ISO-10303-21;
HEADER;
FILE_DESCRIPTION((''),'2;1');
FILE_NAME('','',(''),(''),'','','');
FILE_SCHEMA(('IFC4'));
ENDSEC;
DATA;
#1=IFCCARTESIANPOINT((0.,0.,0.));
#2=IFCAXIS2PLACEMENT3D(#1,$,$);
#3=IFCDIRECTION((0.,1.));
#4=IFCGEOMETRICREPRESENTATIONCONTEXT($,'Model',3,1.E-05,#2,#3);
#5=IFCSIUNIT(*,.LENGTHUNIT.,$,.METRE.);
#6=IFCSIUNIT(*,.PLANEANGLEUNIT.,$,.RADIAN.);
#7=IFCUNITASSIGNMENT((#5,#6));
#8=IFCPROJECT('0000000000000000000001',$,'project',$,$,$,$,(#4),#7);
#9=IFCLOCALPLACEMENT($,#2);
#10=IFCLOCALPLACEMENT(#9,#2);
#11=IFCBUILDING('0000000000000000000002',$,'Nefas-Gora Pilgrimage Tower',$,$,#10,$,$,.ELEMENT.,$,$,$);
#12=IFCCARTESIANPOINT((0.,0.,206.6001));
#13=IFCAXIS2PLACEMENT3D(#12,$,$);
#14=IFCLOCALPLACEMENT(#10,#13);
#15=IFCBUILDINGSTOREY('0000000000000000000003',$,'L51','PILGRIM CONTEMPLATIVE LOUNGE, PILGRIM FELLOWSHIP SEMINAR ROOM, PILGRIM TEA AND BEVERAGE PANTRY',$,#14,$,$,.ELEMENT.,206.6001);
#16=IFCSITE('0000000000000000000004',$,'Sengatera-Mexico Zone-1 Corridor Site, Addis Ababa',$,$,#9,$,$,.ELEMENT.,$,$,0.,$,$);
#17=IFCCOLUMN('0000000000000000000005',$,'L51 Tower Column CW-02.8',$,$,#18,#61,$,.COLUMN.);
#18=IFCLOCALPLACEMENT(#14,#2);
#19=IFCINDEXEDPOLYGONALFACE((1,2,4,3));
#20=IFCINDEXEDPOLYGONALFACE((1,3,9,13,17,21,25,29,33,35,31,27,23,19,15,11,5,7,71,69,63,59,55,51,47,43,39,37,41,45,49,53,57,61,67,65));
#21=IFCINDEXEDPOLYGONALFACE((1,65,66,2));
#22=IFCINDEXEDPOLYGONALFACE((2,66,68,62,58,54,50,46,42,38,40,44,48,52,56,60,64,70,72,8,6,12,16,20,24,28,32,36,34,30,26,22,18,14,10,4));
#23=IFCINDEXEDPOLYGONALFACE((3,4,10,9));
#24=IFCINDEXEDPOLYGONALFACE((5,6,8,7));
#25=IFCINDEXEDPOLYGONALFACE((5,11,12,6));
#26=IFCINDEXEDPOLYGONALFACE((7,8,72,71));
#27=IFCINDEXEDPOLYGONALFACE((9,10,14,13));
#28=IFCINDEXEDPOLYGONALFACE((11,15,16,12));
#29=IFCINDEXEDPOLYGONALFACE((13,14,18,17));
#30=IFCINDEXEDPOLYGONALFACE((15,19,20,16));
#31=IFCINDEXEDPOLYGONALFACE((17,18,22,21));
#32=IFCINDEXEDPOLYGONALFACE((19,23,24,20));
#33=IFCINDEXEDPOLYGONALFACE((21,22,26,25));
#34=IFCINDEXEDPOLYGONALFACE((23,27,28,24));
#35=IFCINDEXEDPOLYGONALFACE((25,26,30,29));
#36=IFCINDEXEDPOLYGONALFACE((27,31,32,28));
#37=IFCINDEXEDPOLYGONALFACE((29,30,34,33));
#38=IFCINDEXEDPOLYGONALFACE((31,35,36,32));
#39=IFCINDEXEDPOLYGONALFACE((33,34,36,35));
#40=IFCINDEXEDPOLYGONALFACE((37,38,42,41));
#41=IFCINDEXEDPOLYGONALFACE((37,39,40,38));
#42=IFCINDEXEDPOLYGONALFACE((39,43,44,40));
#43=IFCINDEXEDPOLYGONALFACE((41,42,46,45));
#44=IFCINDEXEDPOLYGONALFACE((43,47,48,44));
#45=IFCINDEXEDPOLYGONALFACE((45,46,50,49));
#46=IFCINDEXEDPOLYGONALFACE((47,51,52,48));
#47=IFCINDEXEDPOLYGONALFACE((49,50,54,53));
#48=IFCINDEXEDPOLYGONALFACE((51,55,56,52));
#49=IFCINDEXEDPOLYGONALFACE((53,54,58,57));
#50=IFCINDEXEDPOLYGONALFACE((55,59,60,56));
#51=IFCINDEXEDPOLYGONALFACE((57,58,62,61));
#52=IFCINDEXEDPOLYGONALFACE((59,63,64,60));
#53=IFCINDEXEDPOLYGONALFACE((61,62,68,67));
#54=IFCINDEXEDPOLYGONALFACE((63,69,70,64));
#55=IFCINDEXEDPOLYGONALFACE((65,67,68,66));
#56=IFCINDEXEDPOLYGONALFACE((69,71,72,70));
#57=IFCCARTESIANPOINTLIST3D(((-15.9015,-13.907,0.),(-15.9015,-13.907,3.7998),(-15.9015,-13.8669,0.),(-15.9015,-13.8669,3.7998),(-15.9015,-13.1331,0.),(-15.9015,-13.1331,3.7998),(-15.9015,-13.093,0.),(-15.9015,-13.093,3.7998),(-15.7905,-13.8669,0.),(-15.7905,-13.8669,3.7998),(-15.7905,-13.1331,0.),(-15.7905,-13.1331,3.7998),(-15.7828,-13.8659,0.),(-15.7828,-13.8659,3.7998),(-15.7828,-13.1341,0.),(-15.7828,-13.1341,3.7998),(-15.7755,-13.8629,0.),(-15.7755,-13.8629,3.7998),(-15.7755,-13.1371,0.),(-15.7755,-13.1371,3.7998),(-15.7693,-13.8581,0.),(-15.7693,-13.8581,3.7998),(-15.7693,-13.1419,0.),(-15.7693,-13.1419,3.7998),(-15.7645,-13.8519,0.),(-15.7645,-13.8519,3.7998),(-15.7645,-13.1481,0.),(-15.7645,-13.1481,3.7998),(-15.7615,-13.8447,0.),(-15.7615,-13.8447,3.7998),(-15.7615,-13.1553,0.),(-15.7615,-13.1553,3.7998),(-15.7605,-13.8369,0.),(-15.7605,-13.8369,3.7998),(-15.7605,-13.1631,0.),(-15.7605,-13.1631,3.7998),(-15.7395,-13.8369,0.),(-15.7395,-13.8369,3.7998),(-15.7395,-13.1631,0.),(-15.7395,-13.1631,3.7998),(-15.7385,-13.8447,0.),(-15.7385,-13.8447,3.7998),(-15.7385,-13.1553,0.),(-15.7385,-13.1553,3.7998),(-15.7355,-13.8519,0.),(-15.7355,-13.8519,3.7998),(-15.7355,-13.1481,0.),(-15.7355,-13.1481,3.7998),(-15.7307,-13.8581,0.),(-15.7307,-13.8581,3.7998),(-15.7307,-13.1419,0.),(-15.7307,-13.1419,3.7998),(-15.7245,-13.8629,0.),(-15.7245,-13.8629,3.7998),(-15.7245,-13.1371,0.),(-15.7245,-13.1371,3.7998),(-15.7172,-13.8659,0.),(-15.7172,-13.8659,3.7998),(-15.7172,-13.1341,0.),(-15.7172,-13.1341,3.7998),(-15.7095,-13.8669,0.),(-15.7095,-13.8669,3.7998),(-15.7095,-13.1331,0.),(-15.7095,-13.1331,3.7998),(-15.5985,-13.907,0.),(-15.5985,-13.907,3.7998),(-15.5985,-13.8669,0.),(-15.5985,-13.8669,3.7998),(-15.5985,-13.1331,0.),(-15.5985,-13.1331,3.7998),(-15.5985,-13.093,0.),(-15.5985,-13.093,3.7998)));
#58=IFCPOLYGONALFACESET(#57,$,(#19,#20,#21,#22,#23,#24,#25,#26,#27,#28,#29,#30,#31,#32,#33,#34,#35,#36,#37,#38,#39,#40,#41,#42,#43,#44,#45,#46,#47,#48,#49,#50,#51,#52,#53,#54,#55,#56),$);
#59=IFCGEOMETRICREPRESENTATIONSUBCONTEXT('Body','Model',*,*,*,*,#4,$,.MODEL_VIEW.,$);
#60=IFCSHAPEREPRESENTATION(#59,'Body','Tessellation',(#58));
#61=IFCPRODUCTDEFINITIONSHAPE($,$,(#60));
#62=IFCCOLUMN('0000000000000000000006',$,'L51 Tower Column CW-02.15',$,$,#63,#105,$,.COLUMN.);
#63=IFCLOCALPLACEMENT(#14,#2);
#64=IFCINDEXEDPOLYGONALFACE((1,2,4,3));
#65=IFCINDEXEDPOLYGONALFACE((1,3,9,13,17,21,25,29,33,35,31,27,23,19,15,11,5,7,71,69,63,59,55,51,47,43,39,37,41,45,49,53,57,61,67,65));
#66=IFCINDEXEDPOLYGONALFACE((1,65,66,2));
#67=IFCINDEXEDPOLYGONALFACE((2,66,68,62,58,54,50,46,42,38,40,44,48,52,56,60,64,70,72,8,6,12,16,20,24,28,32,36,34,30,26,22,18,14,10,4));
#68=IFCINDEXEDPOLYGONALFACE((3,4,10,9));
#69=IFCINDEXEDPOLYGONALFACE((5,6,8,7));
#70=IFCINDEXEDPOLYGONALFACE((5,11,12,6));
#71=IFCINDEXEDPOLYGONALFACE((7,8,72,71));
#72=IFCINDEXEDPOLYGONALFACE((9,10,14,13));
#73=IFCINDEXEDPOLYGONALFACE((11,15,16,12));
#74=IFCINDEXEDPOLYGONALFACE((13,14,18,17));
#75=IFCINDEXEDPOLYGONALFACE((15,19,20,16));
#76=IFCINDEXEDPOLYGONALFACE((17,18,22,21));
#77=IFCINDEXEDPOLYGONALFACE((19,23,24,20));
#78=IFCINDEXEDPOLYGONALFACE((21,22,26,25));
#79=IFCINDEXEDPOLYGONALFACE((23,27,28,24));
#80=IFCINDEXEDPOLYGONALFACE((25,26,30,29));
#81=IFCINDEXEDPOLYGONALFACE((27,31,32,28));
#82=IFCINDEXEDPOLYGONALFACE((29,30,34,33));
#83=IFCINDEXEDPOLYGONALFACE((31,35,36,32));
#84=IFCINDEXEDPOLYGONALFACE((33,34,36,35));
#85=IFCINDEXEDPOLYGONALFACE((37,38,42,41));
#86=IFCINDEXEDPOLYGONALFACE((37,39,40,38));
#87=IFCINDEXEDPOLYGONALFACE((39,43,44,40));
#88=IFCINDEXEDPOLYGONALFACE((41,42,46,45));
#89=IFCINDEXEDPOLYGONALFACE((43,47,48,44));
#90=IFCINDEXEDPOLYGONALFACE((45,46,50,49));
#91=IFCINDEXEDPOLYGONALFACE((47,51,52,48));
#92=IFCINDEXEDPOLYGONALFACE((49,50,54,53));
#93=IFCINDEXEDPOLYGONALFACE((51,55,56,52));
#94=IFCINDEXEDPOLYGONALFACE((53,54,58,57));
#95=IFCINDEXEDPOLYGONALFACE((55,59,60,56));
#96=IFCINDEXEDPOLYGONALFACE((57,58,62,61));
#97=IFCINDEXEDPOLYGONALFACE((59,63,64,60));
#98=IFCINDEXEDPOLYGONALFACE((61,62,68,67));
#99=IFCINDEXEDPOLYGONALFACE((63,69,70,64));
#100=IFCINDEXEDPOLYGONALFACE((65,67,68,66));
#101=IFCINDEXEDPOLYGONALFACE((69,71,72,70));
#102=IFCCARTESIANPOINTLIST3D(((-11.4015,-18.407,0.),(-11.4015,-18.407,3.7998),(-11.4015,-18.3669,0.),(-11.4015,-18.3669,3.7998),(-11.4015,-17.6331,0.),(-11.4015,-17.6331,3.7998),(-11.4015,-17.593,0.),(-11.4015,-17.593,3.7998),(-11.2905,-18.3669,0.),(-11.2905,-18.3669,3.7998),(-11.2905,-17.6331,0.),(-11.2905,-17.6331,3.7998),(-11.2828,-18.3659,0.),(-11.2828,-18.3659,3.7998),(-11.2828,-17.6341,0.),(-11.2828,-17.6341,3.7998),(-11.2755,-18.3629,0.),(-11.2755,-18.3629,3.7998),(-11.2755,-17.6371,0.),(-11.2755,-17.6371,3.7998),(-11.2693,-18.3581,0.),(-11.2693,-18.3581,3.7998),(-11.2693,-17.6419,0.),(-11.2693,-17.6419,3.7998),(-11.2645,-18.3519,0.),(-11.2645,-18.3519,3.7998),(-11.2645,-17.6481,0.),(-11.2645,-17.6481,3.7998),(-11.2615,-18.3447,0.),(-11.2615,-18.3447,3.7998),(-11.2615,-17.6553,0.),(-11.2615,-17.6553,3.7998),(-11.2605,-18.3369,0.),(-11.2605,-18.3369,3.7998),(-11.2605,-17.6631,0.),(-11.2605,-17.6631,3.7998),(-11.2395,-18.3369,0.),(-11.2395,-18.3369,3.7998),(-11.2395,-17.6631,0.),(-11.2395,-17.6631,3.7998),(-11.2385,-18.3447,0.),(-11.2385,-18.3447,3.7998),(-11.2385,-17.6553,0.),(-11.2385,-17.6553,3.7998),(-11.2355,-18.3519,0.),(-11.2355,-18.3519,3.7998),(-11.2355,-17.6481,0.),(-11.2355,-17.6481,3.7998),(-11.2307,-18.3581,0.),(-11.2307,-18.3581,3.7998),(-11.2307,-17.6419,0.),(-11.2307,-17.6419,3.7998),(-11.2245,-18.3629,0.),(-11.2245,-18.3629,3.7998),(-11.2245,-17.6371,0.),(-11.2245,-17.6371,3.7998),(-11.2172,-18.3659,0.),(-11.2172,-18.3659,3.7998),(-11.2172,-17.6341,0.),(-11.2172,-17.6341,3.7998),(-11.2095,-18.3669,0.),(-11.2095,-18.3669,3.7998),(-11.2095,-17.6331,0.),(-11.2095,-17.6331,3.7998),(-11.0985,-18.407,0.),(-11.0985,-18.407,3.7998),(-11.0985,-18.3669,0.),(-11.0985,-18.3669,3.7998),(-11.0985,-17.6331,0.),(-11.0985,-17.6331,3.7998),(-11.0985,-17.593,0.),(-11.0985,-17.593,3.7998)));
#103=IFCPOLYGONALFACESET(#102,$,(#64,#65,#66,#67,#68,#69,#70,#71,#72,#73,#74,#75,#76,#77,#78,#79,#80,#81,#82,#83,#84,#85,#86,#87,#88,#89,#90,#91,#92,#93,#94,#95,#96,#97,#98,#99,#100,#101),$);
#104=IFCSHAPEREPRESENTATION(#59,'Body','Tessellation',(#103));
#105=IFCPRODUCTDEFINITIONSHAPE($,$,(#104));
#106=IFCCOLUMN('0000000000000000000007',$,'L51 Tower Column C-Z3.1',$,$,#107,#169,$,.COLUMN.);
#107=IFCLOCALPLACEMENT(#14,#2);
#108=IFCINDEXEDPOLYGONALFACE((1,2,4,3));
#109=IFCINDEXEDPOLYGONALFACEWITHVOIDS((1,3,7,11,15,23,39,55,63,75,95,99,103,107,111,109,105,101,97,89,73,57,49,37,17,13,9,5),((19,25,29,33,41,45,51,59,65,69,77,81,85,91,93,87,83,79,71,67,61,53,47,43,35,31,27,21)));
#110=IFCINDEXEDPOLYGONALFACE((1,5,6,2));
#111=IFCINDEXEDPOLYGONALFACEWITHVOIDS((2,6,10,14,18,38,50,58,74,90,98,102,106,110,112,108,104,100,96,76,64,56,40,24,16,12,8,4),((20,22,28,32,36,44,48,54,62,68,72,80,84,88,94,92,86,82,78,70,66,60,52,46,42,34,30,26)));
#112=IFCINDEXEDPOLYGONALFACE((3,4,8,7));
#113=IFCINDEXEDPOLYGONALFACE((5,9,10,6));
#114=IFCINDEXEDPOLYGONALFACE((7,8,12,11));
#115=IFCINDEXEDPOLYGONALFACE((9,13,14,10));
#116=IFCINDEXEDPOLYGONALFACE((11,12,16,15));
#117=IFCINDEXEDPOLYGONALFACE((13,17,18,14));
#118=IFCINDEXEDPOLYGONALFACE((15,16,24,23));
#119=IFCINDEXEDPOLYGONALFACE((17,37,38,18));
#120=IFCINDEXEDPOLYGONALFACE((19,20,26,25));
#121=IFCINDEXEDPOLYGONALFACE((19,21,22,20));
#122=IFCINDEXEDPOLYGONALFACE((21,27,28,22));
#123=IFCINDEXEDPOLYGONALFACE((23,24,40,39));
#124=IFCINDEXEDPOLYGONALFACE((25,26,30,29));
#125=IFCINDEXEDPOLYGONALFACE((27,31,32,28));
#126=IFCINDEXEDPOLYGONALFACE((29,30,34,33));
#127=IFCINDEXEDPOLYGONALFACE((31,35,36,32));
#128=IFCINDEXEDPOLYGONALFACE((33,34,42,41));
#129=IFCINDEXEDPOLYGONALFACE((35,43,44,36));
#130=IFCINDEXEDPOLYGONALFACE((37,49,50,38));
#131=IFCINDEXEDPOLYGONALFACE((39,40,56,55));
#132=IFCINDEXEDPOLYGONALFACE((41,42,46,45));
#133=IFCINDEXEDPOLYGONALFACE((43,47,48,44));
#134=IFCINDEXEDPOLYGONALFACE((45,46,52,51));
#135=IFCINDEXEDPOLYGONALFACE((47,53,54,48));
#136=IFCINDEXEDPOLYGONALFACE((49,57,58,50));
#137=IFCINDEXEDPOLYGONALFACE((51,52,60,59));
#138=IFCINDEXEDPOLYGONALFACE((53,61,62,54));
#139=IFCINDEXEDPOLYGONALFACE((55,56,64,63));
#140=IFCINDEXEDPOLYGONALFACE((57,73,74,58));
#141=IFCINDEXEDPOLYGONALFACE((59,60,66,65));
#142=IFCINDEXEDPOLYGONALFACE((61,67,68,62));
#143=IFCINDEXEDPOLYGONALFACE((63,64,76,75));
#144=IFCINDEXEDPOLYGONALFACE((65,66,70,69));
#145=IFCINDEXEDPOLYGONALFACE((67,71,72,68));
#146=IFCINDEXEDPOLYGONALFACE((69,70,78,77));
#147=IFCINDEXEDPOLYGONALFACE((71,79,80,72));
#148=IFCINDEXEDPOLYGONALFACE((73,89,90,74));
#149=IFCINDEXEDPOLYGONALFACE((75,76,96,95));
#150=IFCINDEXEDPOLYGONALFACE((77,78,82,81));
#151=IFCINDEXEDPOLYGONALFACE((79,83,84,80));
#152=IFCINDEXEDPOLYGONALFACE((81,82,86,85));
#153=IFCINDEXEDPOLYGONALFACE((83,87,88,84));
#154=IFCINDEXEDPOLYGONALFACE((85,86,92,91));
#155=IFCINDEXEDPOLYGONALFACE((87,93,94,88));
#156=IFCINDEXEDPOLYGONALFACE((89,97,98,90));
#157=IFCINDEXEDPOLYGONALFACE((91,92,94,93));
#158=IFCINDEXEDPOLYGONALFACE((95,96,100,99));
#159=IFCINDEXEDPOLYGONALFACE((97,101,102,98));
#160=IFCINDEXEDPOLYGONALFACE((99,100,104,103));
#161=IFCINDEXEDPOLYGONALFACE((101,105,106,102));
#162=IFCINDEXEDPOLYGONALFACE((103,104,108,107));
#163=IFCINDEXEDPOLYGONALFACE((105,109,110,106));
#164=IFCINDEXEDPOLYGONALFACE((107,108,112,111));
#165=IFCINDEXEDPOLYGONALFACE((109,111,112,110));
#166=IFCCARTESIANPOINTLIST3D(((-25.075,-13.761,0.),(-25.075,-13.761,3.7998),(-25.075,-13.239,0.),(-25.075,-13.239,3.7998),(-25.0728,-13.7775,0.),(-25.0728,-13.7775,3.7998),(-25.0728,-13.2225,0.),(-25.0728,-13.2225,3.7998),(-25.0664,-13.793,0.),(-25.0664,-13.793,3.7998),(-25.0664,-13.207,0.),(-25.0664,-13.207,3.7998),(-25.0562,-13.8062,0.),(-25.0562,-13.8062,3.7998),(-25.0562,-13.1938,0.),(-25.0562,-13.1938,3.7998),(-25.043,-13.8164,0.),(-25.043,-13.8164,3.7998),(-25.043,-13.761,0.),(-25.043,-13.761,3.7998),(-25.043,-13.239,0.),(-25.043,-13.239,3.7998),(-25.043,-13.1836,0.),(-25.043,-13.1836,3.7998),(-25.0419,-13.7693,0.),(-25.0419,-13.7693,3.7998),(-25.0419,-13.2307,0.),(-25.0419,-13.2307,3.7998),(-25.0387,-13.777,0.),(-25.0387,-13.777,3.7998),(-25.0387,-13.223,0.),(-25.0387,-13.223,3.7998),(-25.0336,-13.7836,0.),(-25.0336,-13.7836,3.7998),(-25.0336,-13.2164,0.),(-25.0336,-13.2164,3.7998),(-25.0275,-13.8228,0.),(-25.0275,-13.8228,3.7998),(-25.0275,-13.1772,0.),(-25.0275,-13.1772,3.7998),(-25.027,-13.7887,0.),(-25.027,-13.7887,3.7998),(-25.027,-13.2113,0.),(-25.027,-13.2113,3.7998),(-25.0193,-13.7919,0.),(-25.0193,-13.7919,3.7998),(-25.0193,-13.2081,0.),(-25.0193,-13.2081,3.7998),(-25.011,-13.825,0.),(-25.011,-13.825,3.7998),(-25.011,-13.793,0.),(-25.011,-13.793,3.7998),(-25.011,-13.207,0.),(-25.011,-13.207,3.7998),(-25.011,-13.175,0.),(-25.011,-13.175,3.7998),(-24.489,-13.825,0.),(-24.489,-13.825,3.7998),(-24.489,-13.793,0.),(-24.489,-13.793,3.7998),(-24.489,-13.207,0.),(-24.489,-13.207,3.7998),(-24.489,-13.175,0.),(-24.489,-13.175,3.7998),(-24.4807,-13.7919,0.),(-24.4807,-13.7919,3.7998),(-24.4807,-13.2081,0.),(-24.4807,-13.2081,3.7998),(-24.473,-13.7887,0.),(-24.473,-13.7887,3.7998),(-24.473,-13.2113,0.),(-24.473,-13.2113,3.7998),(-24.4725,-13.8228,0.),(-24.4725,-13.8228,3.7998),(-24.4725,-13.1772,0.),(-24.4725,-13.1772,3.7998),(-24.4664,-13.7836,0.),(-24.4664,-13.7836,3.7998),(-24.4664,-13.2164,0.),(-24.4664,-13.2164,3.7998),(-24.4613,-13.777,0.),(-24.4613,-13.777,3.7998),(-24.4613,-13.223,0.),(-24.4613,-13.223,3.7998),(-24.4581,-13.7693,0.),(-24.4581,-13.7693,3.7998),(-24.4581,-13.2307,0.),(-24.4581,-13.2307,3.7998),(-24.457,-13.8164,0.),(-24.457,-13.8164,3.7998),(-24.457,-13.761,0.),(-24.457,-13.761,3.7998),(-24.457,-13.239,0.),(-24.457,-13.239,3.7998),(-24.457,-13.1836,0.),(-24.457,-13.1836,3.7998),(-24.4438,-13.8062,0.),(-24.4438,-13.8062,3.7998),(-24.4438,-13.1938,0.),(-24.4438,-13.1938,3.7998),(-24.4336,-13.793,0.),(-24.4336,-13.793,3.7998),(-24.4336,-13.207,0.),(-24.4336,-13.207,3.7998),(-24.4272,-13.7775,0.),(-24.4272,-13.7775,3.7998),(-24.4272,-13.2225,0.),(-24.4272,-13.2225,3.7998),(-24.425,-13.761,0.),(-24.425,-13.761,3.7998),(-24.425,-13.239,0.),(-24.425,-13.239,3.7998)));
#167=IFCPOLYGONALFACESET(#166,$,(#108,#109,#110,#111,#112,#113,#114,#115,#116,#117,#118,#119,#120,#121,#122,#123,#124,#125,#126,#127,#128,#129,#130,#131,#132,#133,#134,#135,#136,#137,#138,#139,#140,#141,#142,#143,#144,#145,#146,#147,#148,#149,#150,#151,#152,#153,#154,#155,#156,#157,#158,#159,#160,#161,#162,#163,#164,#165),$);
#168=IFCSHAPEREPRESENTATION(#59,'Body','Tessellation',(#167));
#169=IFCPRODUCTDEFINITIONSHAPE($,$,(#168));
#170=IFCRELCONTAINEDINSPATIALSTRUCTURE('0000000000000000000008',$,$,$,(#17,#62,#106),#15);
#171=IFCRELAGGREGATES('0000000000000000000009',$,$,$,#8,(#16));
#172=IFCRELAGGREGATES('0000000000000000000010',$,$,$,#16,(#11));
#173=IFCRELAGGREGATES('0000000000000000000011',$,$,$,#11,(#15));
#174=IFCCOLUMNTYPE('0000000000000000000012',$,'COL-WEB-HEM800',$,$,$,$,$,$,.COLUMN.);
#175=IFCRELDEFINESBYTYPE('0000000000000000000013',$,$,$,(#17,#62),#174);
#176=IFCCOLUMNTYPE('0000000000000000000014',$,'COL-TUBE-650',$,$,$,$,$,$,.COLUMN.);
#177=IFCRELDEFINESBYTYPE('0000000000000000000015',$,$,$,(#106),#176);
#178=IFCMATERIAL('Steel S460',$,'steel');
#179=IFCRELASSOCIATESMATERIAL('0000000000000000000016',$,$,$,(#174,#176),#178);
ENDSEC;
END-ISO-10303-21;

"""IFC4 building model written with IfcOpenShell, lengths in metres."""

from ifc_helpers import new_model, si_unit, direction, frame, origin, origin_2d, place, context, subcontext, project, spatial, hollow_rectangle, i_section, extrude, source, transform, mapped, material, material_profile, profile_set, type_object, element, save


model = new_model("IFC4")

# Units and contexts
model_context = context("Model", 3, precision=1e-05, world=origin(), true_north=direction((0.0, 1.0)))
body_context = subcontext(model_context, "Body", "Model", "MODEL_VIEW")
ifc_project = project(units=[si_unit("LENGTHUNIT", "METRE"), si_unit("PLANEANGLEUNIT", "RADIAN")], contexts=[model_context])

# Site, building, storey
site_placement = place(None, origin())
site = spatial("IfcSite", under=ifc_project, at=site_placement, Name="Sengatera-Mexico Zone-1 Corridor Site, Addis Ababa", CompositionType="ELEMENT", RefElevation=0.0)
building_placement = place(site_placement, origin())
building = spatial("IfcBuilding", under=site, at=building_placement, Name="Nefas-Gora Pilgrimage Tower", CompositionType="ELEMENT")
storey_placement = place(building_placement, frame((0.0, 0.0, 206.6001)))
storey = spatial("IfcBuildingStorey", under=building, at=storey_placement, Name="L51", Description="PILGRIM CONTEMPLATIVE LOUNGE, PILGRIM FELLOWSHIP SEMINAR ROOM, PILGRIM TEA AND BEVERAGE PANTRY", CompositionType="ELEMENT", Elevation=206.6001)

# Columns
ifc_material_1 = material(Name="Steel S460", Category="steel")
ifc_material_profile_1 = material_profile(ifc_material_1, i_section(OverallWidth=0.303, OverallDepth=0.814, WebThickness=0.021, FlangeThickness=0.04, FilletRadius=0.03, at=origin_2d()), Name="HEM 800")
ifc_profile_set_1 = profile_set([ifc_material_profile_1], Name="Steel S460")
column_type_1 = type_object("IfcColumnType", Name="COL-WEB-HEM800", PredefinedType="COLUMN", material=ifc_profile_set_1)
shared_shape_1 = source(origin(), body_context, "Body", "SweptSolid", [
    extrude(i_section(OverallWidth=0.303, OverallDepth=0.814, WebThickness=0.021, FlangeThickness=0.04, FilletRadius=0.03, at=origin_2d()), origin(), (0.0, 0.0, 1.0), 3.7998),
])
for number, where, z_axis, x_axis, name in (
    (1, (-15.75, -13.5, 0.0), (0.0, 0.0, 1.0), (1.0, 0.0, 0.0), "L51 Tower Column CW-02.8"),
    (2, (-11.25, -18.0, 0.0), (0.0, 0.0, 1.0), (1.0, 0.0, 0.0), "L51 Tower Column CW-02.15"),
):
    element("IfcColumn", number, at=place(storey_placement, frame(where, z_axis=z_axis, x_axis=x_axis)), inside=storey, type_object=column_type_1, Name=name, PredefinedType="COLUMN", context=body_context, shape_type="MappedRepresentation", body=[
        mapped(shared_shape_1, transform((0.0, 0.0, 0.0), x_axis=(1.0, 0.0, 0.0), y_axis=(0.0, 1.0, 0.0), z_axis=(0.0, 0.0, 1.0), scale=1.0)),
    ])
ifc_material_profile_2 = material_profile(ifc_material_1, hollow_rectangle(XDim=0.6499, YDim=0.6499, WallThickness=0.032, InnerFilletRadius=0.032, OuterFilletRadius=0.064, at=origin_2d()), Name="BOX 650x650x32")
ifc_profile_set_2 = profile_set([ifc_material_profile_2], Name="Steel S460")
column_type_2 = type_object("IfcColumnType", Name="COL-TUBE-650", PredefinedType="COLUMN", material=ifc_profile_set_2)
shared_shape_2 = source(origin(), body_context, "Body", "SweptSolid", [
    extrude(hollow_rectangle(XDim=0.6499, YDim=0.6499, WallThickness=0.032, InnerFilletRadius=0.032, OuterFilletRadius=0.064, at=origin_2d()), origin(), (0.0, 0.0, 1.0), 3.7998),
])
column_placement = place(storey_placement, frame((-24.75, -13.5, 0.0), z_axis=(0.0, 0.0, 1.0), x_axis=(1.0, 0.0, 0.0)))
element("IfcColumn", 3, at=column_placement, inside=storey, type_object=column_type_2, Name="L51 Tower Column C-Z3.1", PredefinedType="COLUMN", context=body_context, shape_type="MappedRepresentation", body=[
    mapped(shared_shape_2, transform((0.0, 0.0, 0.0), x_axis=(1.0, 0.0, 0.0), y_axis=(0.0, 1.0, 0.0), z_axis=(0.0, 0.0, 1.0), scale=1.0)),
])

save(model, "model.ifc")
